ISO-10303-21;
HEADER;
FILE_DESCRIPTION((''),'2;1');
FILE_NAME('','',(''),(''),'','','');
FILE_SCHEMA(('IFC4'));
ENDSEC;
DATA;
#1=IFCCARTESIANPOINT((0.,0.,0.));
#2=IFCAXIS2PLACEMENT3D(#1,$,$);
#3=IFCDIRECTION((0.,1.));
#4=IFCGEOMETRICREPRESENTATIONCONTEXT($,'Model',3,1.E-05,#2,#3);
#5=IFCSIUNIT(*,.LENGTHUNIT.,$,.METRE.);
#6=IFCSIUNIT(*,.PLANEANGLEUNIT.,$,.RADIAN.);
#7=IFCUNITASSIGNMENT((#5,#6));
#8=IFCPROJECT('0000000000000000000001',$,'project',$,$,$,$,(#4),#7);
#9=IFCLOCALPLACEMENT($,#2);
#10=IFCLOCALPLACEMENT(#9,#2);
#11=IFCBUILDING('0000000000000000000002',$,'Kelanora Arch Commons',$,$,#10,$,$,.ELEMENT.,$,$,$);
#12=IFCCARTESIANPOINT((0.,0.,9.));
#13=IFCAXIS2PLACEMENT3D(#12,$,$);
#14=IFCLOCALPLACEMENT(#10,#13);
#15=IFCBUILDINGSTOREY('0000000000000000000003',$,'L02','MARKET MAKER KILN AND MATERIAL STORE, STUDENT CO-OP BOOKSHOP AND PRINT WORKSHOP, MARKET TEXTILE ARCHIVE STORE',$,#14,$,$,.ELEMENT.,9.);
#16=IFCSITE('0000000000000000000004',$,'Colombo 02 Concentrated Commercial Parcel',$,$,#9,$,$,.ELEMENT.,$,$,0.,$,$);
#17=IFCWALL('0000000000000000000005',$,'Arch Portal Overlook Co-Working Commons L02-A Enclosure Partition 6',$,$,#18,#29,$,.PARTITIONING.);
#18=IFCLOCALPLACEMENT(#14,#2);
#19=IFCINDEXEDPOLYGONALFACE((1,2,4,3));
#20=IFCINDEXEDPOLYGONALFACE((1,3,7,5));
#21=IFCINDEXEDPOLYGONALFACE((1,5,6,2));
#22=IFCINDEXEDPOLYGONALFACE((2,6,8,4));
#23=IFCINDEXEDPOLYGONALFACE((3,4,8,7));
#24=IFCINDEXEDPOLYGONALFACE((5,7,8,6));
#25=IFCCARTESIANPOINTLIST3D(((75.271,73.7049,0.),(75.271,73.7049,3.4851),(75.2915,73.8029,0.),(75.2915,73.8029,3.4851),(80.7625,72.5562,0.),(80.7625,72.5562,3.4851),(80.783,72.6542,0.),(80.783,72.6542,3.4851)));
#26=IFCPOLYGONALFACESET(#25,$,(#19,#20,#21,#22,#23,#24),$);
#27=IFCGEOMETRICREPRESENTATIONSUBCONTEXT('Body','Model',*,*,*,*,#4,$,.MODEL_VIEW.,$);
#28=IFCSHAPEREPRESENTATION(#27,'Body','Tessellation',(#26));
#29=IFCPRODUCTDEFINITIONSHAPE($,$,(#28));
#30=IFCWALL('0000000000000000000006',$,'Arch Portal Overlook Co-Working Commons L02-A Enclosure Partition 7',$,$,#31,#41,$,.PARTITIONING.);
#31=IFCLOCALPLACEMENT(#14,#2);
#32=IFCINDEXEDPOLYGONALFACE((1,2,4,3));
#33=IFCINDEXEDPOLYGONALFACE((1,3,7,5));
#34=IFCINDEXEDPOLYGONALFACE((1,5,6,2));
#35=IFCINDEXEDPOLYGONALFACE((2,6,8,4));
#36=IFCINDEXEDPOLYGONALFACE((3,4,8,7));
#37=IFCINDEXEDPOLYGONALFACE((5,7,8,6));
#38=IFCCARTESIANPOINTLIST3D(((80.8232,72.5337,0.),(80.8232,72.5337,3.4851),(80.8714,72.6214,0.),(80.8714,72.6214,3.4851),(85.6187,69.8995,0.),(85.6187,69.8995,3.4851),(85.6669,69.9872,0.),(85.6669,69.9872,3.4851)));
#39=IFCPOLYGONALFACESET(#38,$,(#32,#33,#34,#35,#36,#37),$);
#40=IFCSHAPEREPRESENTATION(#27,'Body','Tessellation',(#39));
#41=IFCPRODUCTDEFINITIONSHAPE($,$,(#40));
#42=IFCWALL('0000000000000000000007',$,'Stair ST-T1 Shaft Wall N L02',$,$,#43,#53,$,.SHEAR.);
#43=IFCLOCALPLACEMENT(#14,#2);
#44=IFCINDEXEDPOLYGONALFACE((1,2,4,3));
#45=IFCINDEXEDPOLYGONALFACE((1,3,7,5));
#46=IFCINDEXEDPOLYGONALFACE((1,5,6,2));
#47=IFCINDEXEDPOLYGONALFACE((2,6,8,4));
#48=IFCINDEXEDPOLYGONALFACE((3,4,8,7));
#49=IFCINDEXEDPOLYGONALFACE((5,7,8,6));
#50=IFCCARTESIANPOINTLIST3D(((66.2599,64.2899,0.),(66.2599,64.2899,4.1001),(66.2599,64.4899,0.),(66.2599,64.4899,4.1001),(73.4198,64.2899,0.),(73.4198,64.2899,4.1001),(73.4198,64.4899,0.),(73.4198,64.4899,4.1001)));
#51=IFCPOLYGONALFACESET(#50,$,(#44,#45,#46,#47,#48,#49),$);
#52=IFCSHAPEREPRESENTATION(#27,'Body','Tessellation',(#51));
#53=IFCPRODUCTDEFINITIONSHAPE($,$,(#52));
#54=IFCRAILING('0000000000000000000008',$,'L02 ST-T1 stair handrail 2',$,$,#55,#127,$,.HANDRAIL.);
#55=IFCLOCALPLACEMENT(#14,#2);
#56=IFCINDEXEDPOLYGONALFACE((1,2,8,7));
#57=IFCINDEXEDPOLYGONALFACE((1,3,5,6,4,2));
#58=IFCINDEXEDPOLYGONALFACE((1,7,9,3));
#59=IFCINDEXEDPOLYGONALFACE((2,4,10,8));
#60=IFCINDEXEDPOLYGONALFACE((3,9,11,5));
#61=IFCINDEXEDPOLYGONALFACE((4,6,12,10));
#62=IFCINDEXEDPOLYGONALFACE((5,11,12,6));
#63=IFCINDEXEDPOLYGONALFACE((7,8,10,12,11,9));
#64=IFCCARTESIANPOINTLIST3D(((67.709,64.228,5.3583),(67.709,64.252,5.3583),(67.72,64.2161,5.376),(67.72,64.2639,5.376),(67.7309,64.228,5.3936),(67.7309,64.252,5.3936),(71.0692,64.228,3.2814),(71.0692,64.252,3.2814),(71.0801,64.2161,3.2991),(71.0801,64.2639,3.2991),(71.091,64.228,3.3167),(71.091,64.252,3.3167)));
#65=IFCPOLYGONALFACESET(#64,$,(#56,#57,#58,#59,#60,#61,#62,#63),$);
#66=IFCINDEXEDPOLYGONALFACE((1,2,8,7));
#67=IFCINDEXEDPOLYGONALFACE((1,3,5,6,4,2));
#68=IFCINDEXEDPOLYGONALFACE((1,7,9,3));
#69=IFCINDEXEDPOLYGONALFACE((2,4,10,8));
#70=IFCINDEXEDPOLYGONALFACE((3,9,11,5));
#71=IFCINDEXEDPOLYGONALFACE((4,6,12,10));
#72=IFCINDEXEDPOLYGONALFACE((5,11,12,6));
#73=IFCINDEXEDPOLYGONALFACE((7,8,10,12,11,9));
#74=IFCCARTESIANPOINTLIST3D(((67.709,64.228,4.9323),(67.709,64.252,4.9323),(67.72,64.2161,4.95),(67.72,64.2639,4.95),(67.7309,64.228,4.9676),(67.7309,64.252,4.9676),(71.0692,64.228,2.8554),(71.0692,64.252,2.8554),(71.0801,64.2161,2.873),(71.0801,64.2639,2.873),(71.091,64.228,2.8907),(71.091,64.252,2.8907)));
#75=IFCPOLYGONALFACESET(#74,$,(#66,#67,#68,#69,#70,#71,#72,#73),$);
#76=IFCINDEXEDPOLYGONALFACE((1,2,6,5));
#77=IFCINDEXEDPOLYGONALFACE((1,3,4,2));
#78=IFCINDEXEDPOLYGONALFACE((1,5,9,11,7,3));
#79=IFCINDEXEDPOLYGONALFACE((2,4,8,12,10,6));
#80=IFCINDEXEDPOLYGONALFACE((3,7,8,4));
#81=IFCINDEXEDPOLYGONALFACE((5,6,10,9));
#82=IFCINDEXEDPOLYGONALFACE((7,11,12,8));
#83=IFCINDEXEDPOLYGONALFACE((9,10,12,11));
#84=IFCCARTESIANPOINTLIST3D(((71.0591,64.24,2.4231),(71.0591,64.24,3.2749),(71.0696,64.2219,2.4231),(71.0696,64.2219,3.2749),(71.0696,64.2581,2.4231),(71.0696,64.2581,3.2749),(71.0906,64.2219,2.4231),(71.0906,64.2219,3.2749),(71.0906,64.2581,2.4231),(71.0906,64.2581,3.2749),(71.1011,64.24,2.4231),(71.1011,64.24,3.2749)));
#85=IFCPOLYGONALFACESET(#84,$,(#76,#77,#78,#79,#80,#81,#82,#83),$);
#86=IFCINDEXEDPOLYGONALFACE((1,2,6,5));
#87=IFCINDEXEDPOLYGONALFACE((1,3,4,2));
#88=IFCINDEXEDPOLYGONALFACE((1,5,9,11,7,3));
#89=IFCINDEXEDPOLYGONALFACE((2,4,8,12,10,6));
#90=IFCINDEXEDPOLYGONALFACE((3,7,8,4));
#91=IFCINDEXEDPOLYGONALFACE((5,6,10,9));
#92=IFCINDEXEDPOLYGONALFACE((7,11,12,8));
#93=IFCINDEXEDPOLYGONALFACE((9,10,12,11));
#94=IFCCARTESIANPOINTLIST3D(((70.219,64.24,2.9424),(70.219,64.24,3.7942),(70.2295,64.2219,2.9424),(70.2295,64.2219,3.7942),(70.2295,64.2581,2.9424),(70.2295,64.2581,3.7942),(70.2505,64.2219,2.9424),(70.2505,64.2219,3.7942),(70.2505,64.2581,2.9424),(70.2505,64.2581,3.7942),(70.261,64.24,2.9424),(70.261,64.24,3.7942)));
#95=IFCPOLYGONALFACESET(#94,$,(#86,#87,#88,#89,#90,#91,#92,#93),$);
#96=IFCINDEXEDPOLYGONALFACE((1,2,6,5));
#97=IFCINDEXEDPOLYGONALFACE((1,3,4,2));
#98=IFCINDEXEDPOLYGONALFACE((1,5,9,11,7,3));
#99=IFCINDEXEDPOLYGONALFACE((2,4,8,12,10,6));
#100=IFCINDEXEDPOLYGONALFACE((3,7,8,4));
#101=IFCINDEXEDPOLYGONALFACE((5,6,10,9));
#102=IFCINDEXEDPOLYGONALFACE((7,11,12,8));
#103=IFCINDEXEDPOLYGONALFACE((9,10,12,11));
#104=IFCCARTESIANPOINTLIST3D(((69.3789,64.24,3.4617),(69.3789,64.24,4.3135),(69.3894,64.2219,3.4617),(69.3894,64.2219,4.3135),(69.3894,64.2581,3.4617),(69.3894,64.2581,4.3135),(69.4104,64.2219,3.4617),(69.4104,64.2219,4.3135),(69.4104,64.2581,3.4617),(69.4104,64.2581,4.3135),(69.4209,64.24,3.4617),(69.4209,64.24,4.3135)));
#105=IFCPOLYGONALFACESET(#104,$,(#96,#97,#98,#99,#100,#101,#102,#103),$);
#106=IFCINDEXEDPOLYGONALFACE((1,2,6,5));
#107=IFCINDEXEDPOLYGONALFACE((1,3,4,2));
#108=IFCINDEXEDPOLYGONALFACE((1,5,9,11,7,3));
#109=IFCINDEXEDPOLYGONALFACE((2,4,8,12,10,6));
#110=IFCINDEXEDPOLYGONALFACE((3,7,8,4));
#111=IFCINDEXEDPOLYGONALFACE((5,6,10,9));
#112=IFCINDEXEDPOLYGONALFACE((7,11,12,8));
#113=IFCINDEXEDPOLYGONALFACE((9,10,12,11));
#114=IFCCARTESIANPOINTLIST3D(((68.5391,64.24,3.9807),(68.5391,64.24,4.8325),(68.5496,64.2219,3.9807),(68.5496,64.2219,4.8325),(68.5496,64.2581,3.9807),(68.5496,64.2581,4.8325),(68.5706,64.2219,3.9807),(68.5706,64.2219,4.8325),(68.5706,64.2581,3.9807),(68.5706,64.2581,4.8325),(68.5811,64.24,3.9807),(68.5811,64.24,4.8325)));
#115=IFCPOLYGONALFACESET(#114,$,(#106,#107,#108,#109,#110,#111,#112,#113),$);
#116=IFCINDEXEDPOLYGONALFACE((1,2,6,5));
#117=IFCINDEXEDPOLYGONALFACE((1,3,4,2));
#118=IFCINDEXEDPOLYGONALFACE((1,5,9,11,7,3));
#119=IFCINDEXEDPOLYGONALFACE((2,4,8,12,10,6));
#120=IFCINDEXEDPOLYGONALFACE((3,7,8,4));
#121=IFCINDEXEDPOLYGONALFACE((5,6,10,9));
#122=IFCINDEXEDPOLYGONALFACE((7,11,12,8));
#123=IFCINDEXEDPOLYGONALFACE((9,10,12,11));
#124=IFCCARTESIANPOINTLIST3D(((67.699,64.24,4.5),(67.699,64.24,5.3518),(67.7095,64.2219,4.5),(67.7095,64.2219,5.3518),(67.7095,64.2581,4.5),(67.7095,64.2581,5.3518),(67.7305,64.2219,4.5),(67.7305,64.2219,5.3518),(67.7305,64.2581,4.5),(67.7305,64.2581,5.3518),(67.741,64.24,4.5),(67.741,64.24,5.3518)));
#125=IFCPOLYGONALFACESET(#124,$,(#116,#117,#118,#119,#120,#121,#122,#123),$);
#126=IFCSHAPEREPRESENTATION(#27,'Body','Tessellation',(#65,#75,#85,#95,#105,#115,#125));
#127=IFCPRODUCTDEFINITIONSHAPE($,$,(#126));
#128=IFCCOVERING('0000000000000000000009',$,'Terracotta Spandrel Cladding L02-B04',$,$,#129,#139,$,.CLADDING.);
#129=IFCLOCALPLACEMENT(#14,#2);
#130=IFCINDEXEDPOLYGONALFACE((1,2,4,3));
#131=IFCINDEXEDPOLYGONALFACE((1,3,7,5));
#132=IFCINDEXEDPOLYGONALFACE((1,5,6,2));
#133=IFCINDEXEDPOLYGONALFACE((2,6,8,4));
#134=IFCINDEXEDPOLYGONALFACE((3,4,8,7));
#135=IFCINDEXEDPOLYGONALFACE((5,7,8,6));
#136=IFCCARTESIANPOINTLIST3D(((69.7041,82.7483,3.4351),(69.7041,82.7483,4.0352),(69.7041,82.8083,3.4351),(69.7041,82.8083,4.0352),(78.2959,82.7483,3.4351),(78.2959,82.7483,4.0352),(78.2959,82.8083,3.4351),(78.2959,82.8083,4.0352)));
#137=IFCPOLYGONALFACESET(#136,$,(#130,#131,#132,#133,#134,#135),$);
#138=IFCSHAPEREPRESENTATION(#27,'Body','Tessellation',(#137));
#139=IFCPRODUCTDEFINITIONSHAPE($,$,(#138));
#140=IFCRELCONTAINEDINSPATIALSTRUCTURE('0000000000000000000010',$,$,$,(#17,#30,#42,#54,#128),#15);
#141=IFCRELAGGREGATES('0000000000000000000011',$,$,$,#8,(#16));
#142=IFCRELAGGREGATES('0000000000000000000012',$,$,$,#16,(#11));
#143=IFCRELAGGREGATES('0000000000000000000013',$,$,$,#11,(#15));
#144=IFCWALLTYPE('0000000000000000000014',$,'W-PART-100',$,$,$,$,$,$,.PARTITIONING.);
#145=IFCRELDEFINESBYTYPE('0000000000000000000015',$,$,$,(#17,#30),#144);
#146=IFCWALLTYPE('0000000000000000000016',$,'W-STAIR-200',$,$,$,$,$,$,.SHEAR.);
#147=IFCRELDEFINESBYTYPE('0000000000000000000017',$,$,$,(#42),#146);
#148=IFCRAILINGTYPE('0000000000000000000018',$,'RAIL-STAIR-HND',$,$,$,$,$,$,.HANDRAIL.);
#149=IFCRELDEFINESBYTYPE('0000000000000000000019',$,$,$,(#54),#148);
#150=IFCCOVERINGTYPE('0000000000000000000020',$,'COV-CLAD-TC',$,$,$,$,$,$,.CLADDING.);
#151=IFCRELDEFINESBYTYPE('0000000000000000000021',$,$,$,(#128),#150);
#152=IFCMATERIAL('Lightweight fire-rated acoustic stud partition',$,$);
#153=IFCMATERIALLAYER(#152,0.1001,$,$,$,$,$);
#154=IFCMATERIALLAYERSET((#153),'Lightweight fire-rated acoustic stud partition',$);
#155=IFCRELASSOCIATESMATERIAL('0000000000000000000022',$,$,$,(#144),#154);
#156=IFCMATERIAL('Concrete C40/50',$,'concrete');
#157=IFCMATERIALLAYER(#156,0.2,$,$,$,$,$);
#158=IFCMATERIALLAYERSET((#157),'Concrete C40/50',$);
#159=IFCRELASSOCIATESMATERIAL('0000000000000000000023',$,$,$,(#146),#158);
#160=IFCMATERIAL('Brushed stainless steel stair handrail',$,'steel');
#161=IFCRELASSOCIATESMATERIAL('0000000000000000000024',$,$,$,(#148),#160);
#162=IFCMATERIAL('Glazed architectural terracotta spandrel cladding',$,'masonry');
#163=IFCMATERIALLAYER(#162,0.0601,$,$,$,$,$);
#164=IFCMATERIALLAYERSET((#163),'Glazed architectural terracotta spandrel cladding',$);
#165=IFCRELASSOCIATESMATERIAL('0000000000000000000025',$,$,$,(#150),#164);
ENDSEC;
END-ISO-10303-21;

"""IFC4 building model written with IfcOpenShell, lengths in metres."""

from ifc_helpers import new_model, si_unit, direction, frame, frame_2d, origin, origin_2d, place, context, subcontext, project, spatial, polyline, rectangle, outline, extrude, source, transform, mapped, material, layer, layer_set, type_object, element, save


model = new_model("IFC4")

# Units and contexts
model_context = context("Model", 3, precision=1e-05, world=origin(), true_north=direction((0.0, 1.0)))
body_context = subcontext(model_context, "Body", "Model", "MODEL_VIEW")
ifc_project = project(units=[si_unit("LENGTHUNIT", "METRE"), si_unit("PLANEANGLEUNIT", "RADIAN")], contexts=[model_context])

# Site, building, storey
site_placement = place(None, origin())
site = spatial("IfcSite", under=ifc_project, at=site_placement, Name="Colombo 02 Concentrated Commercial Parcel", CompositionType="ELEMENT", RefElevation=0.0)
building_placement = place(site_placement, origin())
building = spatial("IfcBuilding", under=site, at=building_placement, Name="Kelanora Arch Commons", CompositionType="ELEMENT")
storey_placement = place(building_placement, frame((0.0, 0.0, 9.0)))
storey = spatial("IfcBuildingStorey", under=building, at=storey_placement, Name="L02", Description="MARKET MAKER KILN AND MATERIAL STORE, STUDENT CO-OP BOOKSHOP AND PRINT WORKSHOP, MARKET TEXTILE ARCHIVE STORE", CompositionType="ELEMENT", Elevation=9.0)

# Walls
ifc_material_1 = material(Name="Lightweight fire-rated acoustic stud partition")
ifc_layer_1 = layer(ifc_material_1, 0.1001)
ifc_layer_set_1 = layer_set([ifc_layer_1], Name="Lightweight fire-rated acoustic stud partition")
wall_type_1 = type_object("IfcWallType", Name="W-PART-100", PredefinedType="PARTITIONING", material=ifc_layer_set_1)
wall_1_placement = place(storey_placement, frame((75.2812, 73.7539, 0.0), z_axis=(0.0, 0.0, 1.0), x_axis=(0.978815, -0.204745, 0.0)))
element("IfcWall", 1, at=wall_1_placement, inside=storey, type_object=wall_type_1, Name="Arch Portal Overlook Co-Working Commons L02-A Enclosure Partition 6", PredefinedType="PARTITIONING", context=body_context, shape_type="SweptSolid", body=[
    extrude(rectangle(XDim=5.6104, YDim=0.1001, at=frame_2d((2.8052, 0.0))), origin(), (0.0, 0.0, 1.0), 3.4851),
])
wall_2_placement = place(storey_placement, frame((80.8472, 72.5776, 0.0), z_axis=(0.0, 0.0, 1.0), x_axis=(0.876473, -0.481451, 0.0)))
element("IfcWall", 2, at=wall_2_placement, inside=storey, type_object=wall_type_1, Name="Arch Portal Overlook Co-Working Commons L02-A Enclosure Partition 7", PredefinedType="PARTITIONING", context=body_context, shape_type="SweptSolid", body=[
    extrude(rectangle(XDim=5.4714, YDim=0.1001, at=frame_2d((2.7358, 0.0))), origin(), (0.0, 0.0, 1.0), 3.4851),
])
ifc_material_2 = material(Name="Concrete C40/50", Category="concrete")
ifc_layer_2 = layer(ifc_material_2, 0.2)
ifc_layer_set_2 = layer_set([ifc_layer_2], Name="Concrete C40/50")
wall_type_2 = type_object("IfcWallType", Name="W-STAIR-200", PredefinedType="SHEAR", material=ifc_layer_set_2)
wall_3_placement = place(storey_placement, frame((73.4199, 64.3899, 0.0), z_axis=(0.0, 0.0, 1.0), x_axis=(-1.0, 0.0, 0.0)))
element("IfcWall", 3, at=wall_3_placement, inside=storey, type_object=wall_type_2, Name="Stair ST-T1 Shaft Wall N L02", PredefinedType="SHEAR", context=body_context, shape_type="SweptSolid", body=[
    extrude(rectangle(XDim=7.1599, YDim=0.2, at=frame_2d((3.5801, 0.0))), origin(), (0.0, 0.0, 1.0), 4.1001),
])

# Railing
ifc_material_3 = material(Name="Brushed stainless steel stair handrail", Category="steel")
railing_type_1 = type_object("IfcRailingType", Name="RAIL-STAIR-HND", PredefinedType="HANDRAIL", material=ifc_material_3)
railing_1_placement = place(storey_placement, frame((71.0801, 64.24, 2.4231)))
element("IfcRailing", 4, at=railing_1_placement, inside=storey, type_object=railing_type_1, Name="L02 ST-T1 stair handrail 2", PredefinedType="HANDRAIL", context=body_context, shape_type="SweptSolid", body=[
    extrude(outline(polyline([(0.0239, 0.0), (0.012, 0.0208), (-0.012, 0.0208), (-0.0239, 0.0), (-0.012, -0.0208), (0.012, -0.0208), (0.0239, 0.0)])), frame((0.0, 0.0, 0.876), z_axis=(-0.850623, 0.0, 0.525776), x_axis=(0.0, -1.0, 0.0)), (0.0, 0.0, 1.0), 3.9502),
    extrude(outline(polyline([(0.0239, 0.0), (0.012, 0.0208), (-0.012, 0.0208), (-0.0239, 0.0), (-0.012, -0.0208), (0.012, -0.0208), (0.0239, 0.0)])), frame((0.0, 0.0, 0.45), z_axis=(-0.850623, 0.0, 0.525776), x_axis=(0.0, -1.0, 0.0)), (0.0, 0.0, 1.0), 3.9502),
    extrude(outline(polyline([(0.021, 0.0), (0.0105, 0.0181), (-0.0105, 0.0181), (-0.021, 0.0), (-0.0105, -0.0181), (0.0105, -0.0181), (0.021, 0.0)])), origin(), (0.0, 0.0, 1.0), 0.8518),
    extrude(outline(polyline([(0.021, 0.0), (0.0105, 0.0181), (-0.0105, 0.0181), (-0.021, 0.0), (-0.0105, -0.0181), (0.0105, -0.0181), (0.021, 0.0)])), frame((-0.8401, 0.0, 0.5193)), (0.0, 0.0, 1.0), 0.8518),
    extrude(outline(polyline([(0.021, 0.0), (0.0105, 0.0181), (-0.0105, 0.0181), (-0.021, 0.0), (-0.0105, -0.0181), (0.0105, -0.0181), (0.021, 0.0)])), frame((-1.6802, 0.0, 1.0386)), (0.0, 0.0, 1.0), 0.8518),
    extrude(outline(polyline([(0.021, 0.0), (0.0105, 0.0181), (-0.0105, 0.0181), (-0.021, 0.0), (-0.0105, -0.0181), (0.0105, -0.0181), (0.021, 0.0)])), frame((-2.52, 0.0, 1.5576)), (0.0, 0.0, 1.0), 0.8518),
    extrude(outline(polyline([(0.021, 0.0), (0.0105, 0.0181), (-0.0105, 0.0181), (-0.021, 0.0), (-0.0105, -0.0181), (0.0105, -0.0181), (0.021, 0.0)])), frame((-3.3601, 0.0, 2.0769)), (0.0, 0.0, 1.0), 0.8518),
])

# Covering
ifc_material_4 = material(Name="Glazed architectural terracotta spandrel cladding", Category="masonry")
ifc_layer_3 = layer(ifc_material_4, 0.0601)
ifc_layer_set_3 = layer_set([ifc_layer_3], Name="Glazed architectural terracotta spandrel cladding")
covering_type = type_object("IfcCoveringType", Name="COV-CLAD-TC", PredefinedType="CLADDING", material=ifc_layer_set_3)
shared_shape_1 = source(origin(), body_context, "Body", "SweptSolid", [
    extrude(rectangle(XDim=8.5918, YDim=0.0601, at=origin_2d()), origin(), (0.0, 0.0, 1.0), 0.6001),
])
covering_placement = place(storey_placement, frame((74.0, 82.7783, 3.4351), z_axis=(0.0, 0.0, 1.0), x_axis=(-1.0, 0.0, 0.0)))
element("IfcCovering", 5, at=covering_placement, inside=storey, type_object=covering_type, Name="Terracotta Spandrel Cladding L02-B04", PredefinedType="CLADDING", context=body_context, shape_type="MappedRepresentation", body=[
    mapped(shared_shape_1, transform((0.0, 0.0, 0.0), scale=1.0)),
])

save(model, "model.ifc")
